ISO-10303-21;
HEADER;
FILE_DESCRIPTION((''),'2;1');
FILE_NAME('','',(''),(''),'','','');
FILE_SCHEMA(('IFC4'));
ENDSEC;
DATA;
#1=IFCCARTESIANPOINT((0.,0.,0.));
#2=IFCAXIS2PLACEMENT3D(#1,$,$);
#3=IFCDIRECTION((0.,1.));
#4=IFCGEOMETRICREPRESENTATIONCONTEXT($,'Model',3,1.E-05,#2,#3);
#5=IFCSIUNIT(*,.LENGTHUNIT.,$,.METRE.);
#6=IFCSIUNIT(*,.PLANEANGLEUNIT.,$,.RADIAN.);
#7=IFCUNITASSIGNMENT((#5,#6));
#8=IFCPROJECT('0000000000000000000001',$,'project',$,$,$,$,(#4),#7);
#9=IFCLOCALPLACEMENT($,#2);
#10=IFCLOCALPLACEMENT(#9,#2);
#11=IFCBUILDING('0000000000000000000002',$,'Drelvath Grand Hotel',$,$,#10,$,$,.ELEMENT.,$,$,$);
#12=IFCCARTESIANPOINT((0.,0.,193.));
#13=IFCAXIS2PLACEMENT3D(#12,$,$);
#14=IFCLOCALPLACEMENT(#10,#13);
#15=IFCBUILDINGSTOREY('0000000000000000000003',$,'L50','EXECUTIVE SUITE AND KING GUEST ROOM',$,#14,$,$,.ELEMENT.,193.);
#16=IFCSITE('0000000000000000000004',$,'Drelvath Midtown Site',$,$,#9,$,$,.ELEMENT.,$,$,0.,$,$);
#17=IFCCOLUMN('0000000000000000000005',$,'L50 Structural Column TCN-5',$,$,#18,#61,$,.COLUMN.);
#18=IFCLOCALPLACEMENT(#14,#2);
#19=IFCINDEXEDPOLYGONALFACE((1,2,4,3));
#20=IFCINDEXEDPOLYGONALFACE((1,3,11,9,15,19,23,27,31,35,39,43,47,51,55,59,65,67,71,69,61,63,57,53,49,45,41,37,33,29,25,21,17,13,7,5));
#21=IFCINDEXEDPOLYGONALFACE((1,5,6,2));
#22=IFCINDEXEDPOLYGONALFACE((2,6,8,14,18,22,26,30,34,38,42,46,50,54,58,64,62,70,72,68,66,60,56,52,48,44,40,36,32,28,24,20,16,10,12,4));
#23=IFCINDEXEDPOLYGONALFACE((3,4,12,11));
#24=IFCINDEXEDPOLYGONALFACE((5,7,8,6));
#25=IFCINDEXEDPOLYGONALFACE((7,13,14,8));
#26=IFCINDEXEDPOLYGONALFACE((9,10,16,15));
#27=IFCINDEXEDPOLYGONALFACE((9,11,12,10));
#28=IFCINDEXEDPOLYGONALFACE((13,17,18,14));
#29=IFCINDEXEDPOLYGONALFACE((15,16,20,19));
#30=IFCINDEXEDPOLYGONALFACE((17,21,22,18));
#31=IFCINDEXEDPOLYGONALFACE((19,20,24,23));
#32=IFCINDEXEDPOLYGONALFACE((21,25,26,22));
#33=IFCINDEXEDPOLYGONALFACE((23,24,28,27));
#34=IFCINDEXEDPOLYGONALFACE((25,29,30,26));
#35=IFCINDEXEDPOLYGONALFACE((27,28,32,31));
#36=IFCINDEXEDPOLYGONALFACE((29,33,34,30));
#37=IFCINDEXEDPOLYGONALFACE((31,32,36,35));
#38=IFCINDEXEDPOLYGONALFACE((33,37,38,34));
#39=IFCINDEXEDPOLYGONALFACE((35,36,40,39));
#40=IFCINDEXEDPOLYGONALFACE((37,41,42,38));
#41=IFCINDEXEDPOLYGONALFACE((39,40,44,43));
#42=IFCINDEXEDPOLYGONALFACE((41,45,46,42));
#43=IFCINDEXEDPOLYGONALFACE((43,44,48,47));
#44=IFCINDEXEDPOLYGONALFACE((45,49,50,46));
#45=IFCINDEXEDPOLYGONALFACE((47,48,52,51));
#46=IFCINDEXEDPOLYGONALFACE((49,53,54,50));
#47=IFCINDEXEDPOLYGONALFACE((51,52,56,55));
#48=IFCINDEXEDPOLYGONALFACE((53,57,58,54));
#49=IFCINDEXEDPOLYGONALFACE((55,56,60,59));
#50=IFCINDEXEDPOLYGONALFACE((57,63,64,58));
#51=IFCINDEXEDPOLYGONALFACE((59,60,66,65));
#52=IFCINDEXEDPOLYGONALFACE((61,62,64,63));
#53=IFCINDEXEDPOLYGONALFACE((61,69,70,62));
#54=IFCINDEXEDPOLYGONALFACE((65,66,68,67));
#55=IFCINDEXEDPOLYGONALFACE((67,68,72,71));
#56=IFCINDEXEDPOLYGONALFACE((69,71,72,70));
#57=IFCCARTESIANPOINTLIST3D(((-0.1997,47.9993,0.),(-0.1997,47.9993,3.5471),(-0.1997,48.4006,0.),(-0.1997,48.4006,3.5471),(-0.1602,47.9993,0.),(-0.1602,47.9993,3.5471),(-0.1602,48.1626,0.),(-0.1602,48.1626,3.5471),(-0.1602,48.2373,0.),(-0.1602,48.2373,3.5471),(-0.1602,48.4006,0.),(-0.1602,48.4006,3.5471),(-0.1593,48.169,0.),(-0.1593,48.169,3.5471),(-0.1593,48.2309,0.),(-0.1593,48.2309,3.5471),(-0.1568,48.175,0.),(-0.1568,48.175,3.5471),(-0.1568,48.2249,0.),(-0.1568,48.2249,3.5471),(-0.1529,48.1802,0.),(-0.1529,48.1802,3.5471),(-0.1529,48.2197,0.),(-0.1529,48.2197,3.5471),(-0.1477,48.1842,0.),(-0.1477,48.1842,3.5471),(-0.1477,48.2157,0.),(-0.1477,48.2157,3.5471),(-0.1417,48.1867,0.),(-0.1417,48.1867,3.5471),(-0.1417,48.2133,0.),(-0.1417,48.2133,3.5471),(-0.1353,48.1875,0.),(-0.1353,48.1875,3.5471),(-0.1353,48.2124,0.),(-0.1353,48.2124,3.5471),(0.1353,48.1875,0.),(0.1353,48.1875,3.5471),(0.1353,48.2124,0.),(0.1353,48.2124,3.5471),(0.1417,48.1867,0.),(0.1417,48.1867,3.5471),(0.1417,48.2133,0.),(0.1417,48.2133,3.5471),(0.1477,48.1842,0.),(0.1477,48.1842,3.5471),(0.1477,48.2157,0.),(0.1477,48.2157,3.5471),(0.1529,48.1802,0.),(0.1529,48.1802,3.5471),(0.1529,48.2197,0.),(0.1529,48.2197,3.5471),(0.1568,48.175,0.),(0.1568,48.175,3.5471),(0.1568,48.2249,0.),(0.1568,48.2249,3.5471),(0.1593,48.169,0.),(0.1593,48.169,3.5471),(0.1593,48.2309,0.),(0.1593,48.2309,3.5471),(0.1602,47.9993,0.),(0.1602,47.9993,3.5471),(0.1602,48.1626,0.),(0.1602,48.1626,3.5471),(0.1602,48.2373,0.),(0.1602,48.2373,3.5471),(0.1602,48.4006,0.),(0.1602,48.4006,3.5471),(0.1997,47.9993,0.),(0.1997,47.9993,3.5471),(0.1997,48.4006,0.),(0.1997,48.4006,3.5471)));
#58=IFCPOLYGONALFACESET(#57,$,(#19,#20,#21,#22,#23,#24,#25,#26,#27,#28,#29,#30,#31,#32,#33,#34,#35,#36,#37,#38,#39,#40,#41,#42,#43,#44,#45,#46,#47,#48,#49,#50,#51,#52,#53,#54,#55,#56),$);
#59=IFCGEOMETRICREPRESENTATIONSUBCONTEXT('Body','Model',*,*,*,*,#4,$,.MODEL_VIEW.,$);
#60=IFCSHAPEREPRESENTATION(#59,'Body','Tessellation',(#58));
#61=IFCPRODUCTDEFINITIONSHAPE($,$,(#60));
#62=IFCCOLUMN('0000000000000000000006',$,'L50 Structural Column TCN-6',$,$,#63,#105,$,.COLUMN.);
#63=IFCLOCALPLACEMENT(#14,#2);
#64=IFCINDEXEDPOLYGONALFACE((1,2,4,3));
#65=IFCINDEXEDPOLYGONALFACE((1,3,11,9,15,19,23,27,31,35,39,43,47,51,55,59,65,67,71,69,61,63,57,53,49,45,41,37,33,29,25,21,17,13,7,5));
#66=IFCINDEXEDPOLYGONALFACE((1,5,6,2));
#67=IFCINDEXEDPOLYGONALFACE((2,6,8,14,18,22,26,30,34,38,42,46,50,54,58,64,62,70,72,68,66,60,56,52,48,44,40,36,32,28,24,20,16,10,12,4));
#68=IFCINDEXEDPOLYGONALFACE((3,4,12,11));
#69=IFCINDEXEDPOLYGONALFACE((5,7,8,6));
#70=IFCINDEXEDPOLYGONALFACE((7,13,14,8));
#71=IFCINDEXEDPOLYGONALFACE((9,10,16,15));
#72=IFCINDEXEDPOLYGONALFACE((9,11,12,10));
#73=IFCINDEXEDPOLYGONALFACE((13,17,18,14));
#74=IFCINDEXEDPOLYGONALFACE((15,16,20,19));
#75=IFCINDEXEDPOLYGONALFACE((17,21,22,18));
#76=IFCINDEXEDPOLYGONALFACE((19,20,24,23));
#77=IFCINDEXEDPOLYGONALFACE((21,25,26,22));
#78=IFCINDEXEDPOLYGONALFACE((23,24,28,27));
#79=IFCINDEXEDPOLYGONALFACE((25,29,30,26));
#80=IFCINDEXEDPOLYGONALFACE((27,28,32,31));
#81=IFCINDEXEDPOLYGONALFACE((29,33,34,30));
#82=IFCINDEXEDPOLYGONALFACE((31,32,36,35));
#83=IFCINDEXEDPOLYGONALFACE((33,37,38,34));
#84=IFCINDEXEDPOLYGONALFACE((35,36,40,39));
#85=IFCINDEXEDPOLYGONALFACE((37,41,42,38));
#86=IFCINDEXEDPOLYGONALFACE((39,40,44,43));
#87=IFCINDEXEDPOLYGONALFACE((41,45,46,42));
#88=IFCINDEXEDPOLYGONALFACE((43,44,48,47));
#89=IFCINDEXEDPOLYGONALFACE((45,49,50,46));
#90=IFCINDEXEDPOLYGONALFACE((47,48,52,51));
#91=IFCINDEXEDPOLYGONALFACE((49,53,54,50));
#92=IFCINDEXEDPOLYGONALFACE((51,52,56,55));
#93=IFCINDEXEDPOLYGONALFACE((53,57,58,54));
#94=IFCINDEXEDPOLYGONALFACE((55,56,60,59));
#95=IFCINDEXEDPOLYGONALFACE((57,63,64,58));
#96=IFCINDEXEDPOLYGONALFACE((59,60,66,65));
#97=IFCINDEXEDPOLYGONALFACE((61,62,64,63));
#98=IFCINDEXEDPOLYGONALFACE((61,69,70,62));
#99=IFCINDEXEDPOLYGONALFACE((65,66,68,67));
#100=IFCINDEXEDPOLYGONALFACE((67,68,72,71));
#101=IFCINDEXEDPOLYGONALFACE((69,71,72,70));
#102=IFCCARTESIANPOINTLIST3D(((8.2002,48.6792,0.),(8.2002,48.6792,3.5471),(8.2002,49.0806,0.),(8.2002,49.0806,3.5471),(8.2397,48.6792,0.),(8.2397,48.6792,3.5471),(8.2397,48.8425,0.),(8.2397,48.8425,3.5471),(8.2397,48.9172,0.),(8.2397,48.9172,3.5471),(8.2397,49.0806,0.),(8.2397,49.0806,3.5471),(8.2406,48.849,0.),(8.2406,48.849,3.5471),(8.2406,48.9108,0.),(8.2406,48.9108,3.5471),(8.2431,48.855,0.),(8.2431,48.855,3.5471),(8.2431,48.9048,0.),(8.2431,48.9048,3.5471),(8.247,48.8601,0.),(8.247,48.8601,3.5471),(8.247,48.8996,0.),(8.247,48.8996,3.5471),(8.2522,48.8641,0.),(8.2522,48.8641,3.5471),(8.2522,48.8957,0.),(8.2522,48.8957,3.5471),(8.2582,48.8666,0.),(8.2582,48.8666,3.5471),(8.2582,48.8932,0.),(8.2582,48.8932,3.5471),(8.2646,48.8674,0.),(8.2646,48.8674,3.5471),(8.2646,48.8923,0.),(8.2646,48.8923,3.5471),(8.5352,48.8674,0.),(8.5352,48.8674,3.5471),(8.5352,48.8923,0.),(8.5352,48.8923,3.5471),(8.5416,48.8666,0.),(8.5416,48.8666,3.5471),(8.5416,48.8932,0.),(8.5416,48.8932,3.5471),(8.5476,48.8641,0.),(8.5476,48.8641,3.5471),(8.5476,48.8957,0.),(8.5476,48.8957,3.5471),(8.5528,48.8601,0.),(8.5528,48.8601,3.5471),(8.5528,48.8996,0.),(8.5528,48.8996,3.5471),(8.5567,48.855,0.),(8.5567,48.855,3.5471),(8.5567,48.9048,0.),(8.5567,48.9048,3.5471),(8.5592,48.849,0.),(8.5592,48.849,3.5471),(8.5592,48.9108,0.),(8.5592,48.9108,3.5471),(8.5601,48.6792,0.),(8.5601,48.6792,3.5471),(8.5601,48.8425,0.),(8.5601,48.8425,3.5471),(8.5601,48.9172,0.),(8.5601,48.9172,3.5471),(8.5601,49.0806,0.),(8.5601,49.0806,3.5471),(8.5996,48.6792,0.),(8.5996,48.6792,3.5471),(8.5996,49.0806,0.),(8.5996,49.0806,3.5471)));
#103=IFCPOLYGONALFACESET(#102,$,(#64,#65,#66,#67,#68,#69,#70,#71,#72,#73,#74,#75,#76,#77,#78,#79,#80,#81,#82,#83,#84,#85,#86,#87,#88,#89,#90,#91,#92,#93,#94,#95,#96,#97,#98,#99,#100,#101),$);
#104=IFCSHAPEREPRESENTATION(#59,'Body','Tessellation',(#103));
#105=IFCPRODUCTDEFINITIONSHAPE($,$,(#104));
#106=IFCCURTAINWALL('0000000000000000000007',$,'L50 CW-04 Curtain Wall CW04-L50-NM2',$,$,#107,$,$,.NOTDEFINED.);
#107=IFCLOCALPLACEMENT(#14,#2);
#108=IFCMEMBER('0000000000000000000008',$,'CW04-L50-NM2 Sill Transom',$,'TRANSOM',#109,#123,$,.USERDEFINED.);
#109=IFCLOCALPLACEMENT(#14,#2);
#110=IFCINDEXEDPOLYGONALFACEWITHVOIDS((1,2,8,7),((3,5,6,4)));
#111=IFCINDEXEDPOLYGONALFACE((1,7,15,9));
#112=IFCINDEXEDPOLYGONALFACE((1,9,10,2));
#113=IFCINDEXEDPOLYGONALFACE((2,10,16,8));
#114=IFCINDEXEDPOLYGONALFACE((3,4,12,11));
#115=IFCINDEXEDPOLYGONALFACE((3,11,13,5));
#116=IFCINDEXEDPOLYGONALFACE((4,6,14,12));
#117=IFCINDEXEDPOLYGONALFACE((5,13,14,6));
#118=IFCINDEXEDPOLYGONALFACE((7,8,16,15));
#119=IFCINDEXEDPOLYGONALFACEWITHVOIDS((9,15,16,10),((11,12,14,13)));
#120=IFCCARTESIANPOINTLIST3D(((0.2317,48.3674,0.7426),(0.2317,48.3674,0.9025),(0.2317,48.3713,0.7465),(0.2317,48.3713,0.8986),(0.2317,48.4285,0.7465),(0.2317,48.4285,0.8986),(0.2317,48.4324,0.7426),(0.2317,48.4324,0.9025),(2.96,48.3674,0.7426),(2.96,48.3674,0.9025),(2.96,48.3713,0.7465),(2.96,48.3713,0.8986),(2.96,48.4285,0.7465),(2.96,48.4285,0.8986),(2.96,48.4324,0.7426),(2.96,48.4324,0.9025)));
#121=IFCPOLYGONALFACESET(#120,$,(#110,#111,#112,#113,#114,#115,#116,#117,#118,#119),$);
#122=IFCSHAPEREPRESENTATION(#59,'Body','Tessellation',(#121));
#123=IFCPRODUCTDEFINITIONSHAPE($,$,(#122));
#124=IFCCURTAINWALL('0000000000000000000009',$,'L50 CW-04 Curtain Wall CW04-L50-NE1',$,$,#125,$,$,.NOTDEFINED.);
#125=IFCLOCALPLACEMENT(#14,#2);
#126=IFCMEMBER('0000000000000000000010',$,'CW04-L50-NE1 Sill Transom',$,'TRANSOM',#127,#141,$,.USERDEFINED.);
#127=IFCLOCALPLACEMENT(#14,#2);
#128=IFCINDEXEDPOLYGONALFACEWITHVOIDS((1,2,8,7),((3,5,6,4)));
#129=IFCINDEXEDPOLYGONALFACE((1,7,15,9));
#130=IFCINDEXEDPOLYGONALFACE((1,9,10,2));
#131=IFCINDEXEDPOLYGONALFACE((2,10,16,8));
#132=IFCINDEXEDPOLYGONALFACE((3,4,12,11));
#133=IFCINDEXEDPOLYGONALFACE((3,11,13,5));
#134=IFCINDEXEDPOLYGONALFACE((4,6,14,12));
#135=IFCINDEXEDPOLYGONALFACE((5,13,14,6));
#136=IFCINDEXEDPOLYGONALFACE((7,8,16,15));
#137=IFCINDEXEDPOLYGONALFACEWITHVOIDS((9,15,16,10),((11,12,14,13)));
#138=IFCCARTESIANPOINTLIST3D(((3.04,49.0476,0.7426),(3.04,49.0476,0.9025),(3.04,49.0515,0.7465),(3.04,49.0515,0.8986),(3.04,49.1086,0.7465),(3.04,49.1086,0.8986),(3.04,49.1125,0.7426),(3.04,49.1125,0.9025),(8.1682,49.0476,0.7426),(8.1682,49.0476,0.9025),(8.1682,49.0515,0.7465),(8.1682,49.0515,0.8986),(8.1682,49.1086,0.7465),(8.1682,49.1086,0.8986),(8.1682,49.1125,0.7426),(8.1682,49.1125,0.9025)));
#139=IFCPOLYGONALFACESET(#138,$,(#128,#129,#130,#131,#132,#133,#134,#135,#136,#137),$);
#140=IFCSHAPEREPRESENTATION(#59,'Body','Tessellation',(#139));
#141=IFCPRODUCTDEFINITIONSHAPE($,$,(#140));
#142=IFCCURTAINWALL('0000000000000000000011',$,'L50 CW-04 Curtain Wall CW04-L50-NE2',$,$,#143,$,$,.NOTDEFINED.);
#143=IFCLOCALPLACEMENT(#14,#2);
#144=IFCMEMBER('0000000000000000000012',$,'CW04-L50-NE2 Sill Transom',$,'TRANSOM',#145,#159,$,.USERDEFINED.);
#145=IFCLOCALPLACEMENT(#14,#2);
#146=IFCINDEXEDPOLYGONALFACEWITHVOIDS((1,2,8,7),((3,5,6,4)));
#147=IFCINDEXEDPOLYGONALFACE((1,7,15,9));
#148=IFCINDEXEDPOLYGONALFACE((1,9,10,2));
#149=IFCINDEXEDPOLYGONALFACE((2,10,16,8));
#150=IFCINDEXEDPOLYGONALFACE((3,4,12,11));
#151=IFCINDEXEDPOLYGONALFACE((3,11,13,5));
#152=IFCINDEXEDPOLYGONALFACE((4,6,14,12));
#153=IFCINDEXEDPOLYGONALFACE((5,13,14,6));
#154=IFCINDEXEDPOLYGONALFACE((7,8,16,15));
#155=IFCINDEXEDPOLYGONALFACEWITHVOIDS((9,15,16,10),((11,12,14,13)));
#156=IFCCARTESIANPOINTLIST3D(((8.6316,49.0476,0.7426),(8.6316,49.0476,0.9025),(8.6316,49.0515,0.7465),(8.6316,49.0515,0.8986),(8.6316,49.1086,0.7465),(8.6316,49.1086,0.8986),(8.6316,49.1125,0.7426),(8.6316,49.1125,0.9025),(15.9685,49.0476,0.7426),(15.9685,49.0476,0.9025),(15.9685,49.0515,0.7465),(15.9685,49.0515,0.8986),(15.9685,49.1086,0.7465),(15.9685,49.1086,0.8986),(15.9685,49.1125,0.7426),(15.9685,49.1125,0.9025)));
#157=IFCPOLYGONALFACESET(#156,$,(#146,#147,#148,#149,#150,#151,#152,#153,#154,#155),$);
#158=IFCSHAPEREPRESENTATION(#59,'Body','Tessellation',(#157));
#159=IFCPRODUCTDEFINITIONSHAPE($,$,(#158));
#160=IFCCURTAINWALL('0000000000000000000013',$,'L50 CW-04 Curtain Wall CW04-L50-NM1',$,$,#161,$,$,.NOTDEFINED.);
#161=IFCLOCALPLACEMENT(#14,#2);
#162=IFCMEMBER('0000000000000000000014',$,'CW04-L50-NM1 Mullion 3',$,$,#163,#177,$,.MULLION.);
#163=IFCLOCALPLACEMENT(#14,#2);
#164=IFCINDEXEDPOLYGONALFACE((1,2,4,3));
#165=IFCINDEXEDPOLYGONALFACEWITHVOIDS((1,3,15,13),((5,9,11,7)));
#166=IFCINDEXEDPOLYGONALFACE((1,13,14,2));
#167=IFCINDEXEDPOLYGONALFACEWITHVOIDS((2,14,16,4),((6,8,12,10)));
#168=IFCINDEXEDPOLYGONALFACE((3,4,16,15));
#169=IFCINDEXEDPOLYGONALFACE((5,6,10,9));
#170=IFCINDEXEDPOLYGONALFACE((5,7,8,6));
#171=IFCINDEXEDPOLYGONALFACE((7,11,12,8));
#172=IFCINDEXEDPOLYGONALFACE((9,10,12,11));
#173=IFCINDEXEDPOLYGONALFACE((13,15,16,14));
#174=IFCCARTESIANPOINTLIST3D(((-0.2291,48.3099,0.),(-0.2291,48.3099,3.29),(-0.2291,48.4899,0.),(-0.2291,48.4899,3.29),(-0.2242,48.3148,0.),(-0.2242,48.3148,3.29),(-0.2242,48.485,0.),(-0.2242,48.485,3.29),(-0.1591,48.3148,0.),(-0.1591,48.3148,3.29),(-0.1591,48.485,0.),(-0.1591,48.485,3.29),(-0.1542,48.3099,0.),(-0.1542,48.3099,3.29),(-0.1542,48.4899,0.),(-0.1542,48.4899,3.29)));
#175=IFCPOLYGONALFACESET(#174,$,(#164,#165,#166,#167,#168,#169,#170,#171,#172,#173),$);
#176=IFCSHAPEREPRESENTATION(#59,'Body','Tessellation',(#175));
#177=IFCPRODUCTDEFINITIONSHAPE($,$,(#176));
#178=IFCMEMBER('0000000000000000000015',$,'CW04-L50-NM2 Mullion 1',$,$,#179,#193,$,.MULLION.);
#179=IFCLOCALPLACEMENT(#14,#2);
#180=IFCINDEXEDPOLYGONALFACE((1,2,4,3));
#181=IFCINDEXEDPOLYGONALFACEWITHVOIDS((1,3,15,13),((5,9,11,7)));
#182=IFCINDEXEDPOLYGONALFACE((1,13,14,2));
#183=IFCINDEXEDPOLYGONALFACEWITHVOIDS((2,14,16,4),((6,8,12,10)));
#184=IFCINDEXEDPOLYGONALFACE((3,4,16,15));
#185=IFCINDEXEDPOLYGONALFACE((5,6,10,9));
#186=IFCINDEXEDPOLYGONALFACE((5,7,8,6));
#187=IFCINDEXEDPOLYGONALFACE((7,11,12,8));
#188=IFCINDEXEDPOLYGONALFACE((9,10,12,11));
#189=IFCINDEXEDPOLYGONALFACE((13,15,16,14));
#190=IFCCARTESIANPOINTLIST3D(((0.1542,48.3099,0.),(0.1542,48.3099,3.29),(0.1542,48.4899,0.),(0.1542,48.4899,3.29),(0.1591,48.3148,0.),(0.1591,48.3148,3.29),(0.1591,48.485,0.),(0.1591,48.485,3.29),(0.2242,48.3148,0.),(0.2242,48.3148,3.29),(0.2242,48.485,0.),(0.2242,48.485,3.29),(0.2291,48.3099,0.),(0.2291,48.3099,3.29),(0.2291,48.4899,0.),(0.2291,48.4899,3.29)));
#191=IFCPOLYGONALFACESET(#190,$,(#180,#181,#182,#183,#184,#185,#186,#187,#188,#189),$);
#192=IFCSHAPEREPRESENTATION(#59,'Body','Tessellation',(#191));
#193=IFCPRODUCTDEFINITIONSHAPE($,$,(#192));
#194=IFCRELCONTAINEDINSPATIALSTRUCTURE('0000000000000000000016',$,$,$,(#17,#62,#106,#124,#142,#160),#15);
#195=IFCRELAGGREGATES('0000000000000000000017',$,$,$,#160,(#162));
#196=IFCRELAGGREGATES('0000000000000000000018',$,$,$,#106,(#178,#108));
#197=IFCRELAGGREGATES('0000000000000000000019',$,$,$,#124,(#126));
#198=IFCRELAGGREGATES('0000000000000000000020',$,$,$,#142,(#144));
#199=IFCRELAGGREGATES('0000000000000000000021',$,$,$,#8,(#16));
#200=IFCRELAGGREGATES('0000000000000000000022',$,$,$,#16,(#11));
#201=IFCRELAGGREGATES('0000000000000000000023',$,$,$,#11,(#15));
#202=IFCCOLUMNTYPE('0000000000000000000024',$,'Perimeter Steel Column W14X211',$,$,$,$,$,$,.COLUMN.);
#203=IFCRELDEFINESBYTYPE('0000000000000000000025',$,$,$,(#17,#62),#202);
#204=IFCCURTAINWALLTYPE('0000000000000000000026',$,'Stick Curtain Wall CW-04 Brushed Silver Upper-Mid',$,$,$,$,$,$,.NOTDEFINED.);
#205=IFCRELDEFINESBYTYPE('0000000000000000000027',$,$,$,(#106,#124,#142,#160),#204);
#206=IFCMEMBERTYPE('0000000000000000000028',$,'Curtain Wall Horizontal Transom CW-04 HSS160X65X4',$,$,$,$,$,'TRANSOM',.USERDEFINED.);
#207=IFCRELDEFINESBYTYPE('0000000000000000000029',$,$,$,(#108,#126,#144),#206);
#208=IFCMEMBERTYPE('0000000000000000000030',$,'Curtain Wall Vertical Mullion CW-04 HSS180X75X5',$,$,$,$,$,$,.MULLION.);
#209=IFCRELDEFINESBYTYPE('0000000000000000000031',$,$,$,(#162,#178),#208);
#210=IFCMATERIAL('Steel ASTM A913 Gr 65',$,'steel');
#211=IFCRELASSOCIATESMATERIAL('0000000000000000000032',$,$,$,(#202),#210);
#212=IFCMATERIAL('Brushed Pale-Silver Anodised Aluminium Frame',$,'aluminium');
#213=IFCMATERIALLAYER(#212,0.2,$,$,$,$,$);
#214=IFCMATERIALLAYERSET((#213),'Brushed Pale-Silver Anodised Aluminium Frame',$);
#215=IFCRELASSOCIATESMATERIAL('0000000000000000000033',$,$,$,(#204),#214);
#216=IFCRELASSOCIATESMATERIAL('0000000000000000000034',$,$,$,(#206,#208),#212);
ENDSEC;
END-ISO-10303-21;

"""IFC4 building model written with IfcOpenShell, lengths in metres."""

from ifc_helpers import new_model, si_unit, direction, frame, origin, origin_2d, place, context, subcontext, project, spatial, hollow_rectangle, i_section, extrude, material, layer, layer_set, material_profile, profile_set, type_object, element, aggregate, save


model = new_model("IFC4")

# Units and contexts
model_context = context("Model", 3, precision=1e-05, world=origin(), true_north=direction((0.0, 1.0)))
body_context = subcontext(model_context, "Body", "Model", "MODEL_VIEW")
ifc_project = project(units=[si_unit("LENGTHUNIT", "METRE"), si_unit("PLANEANGLEUNIT", "RADIAN")], contexts=[model_context])

# Site, building, storey
site_placement = place(None, origin())
site = spatial("IfcSite", under=ifc_project, at=site_placement, Name="Drelvath Midtown Site", CompositionType="ELEMENT", RefElevation=0.0)
building_placement = place(site_placement, origin())
building = spatial("IfcBuilding", under=site, at=building_placement, Name="Drelvath Grand Hotel", CompositionType="ELEMENT")
storey_placement = place(building_placement, frame((0.0, 0.0, 193.0)))
storey = spatial("IfcBuildingStorey", under=building, at=storey_placement, Name="L50", Description="EXECUTIVE SUITE AND KING GUEST ROOM", CompositionType="ELEMENT", Elevation=193.0)

# Columns
ifc_material_1 = material(Name="Steel ASTM A913 Gr 65", Category="steel")
ifc_material_profile_1 = material_profile(ifc_material_1, i_section(OverallWidth=0.4014, OverallDepth=0.3994, WebThickness=0.0249, FlangeThickness=0.0396, FilletRadius=0.0249, at=origin_2d()), Name="W14X211")
ifc_profile_set_1 = profile_set([ifc_material_profile_1], Name="Steel ASTM A913 Gr 65")
column_type = type_object("IfcColumnType", Name="Perimeter Steel Column W14X211", PredefinedType="COLUMN", material=ifc_profile_set_1)
for number, where, z_axis, x_axis, name in (
    (1, (0.0, 48.2, 0.0), (0.0, 0.0, 1.0), (0.0, 1.0, 0.0), "L50 Structural Column TCN-5"),
    (2, (8.3999, 48.8799, 0.0), (0.0, 0.0, 1.0), (0.0, 1.0, 0.0), "L50 Structural Column TCN-6"),
):
    element("IfcColumn", number, at=place(storey_placement, frame(where, z_axis=z_axis, x_axis=x_axis)), inside=storey, type_object=column_type, Name=name, PredefinedType="COLUMN", context=body_context, shape_type="SweptSolid", body=[
        extrude(i_section(OverallWidth=0.4014, OverallDepth=0.3994, WebThickness=0.0249, FlangeThickness=0.0396, FilletRadius=0.0249, at=origin_2d()), origin(), (0.0, 0.0, 1.0), 3.5471),
    ])

# Curtain walls, members
ifc_material_2 = material(Name="Brushed Pale-Silver Anodised Aluminium Frame", Category="aluminium")
ifc_layer_1 = layer(ifc_material_2, 0.2)
ifc_layer_set_1 = layer_set([ifc_layer_1], Name="Brushed Pale-Silver Anodised Aluminium Frame")
curtain_wall_type = type_object("IfcCurtainWallType", Name="Stick Curtain Wall CW-04 Brushed Silver Upper-Mid", PredefinedType="NOTDEFINED", material=ifc_layer_set_1)
curtain_wall_1_placement = place(storey_placement, origin())
curtain_wall_1 = element("IfcCurtainWall", 3, at=curtain_wall_1_placement, inside=storey, type_object=curtain_wall_type, Name="L50 CW-04 Curtain Wall CW04-L50-NM2", PredefinedType="NOTDEFINED")
ifc_material_profile_2 = material_profile(ifc_material_2, hollow_rectangle(XDim=0.0649, YDim=0.1599, WallThickness=0.0039, at=origin_2d()), Name="HSS160X65X4")
ifc_profile_set_2 = profile_set([ifc_material_profile_2], Name="Brushed Pale-Silver Anodised Aluminium Frame")
member_type_1 = type_object("IfcMemberType", Name="Curtain Wall Horizontal Transom CW-04 HSS160X65X4", ElementType="TRANSOM", PredefinedType="USERDEFINED", material=ifc_profile_set_2)
member_1_placement = place(storey_placement, frame((0.2317, 48.3999, 0.8225), z_axis=(1.0, 0.0, 0.0), x_axis=(0.0, 1.0, 0.0)))
member_1 = element("IfcMember", 4, at=member_1_placement, type_object=member_type_1, Name="CW04-L50-NM2 Sill Transom", ObjectType="TRANSOM", PredefinedType="USERDEFINED", context=body_context, shape_type="SweptSolid", body=[
    extrude(hollow_rectangle(XDim=0.0649, YDim=0.1599, WallThickness=0.0039, at=origin_2d()), origin(), (0.0, 0.0, 1.0), 2.7283),
])
curtain_wall_2_placement = place(storey_placement, origin())
curtain_wall_2 = element("IfcCurtainWall", 5, at=curtain_wall_2_placement, inside=storey, type_object=curtain_wall_type, Name="L50 CW-04 Curtain Wall CW04-L50-NE1", PredefinedType="NOTDEFINED")
member_2_placement = place(storey_placement, frame((3.04, 49.0801, 0.8225), z_axis=(1.0, 0.0, 0.0), x_axis=(0.0, 1.0, 0.0)))
member_2 = element("IfcMember", 6, at=member_2_placement, type_object=member_type_1, Name="CW04-L50-NE1 Sill Transom", ObjectType="TRANSOM", PredefinedType="USERDEFINED", context=body_context, shape_type="SweptSolid", body=[
    extrude(hollow_rectangle(XDim=0.0649, YDim=0.1599, WallThickness=0.0039, at=origin_2d()), origin(), (0.0, 0.0, 1.0), 5.1282),
])
curtain_wall_3_placement = place(storey_placement, origin())
curtain_wall_3 = element("IfcCurtainWall", 7, at=curtain_wall_3_placement, inside=storey, type_object=curtain_wall_type, Name="L50 CW-04 Curtain Wall CW04-L50-NE2", PredefinedType="NOTDEFINED")
member_3_placement = place(storey_placement, frame((8.6316, 49.0801, 0.8225), z_axis=(1.0, 0.0, 0.0), x_axis=(0.0, 1.0, 0.0)))
member_3 = element("IfcMember", 8, at=member_3_placement, type_object=member_type_1, Name="CW04-L50-NE2 Sill Transom", ObjectType="TRANSOM", PredefinedType="USERDEFINED", context=body_context, shape_type="SweptSolid", body=[
    extrude(hollow_rectangle(XDim=0.0649, YDim=0.1599, WallThickness=0.0039, at=origin_2d()), origin(), (0.0, 0.0, 1.0), 7.3369),
])
curtain_wall_4_placement = place(storey_placement, origin())
curtain_wall_4 = element("IfcCurtainWall", 9, at=curtain_wall_4_placement, inside=storey, type_object=curtain_wall_type, Name="L50 CW-04 Curtain Wall CW04-L50-NM1", PredefinedType="NOTDEFINED")
ifc_material_profile_3 = material_profile(ifc_material_2, hollow_rectangle(XDim=0.075, YDim=0.1799, WallThickness=0.0049, at=origin_2d()), Name="HSS180X75X5")
ifc_profile_set_3 = profile_set([ifc_material_profile_3], Name="Brushed Pale-Silver Anodised Aluminium Frame")
member_type_2 = type_object("IfcMemberType", Name="Curtain Wall Vertical Mullion CW-04 HSS180X75X5", PredefinedType="MULLION", material=ifc_profile_set_3)
member_4_placement = place(storey_placement, frame((-0.1917, 48.3999, 0.0), z_axis=(0.0, 0.0, 1.0), x_axis=(1.0, 0.0, 0.0)))
member_4 = element("IfcMember", 10, at=member_4_placement, type_object=member_type_2, Name="CW04-L50-NM1 Mullion 3", PredefinedType="MULLION", context=body_context, shape_type="SweptSolid", body=[
    extrude(hollow_rectangle(XDim=0.075, YDim=0.1799, WallThickness=0.0049, at=origin_2d()), origin(), (0.0, 0.0, 1.0), 3.29),
])
aggregate(curtain_wall_4, [member_4])

# Member
member_5_placement = place(storey_placement, frame((0.1917, 48.3999, 0.0), z_axis=(0.0, 0.0, 1.0), x_axis=(1.0, 0.0, 0.0)))
member_5 = element("IfcMember", 11, at=member_5_placement, type_object=member_type_2, Name="CW04-L50-NM2 Mullion 1", PredefinedType="MULLION", context=body_context, shape_type="SweptSolid", body=[
    extrude(hollow_rectangle(XDim=0.075, YDim=0.1799, WallThickness=0.0049, at=origin_2d()), origin(), (0.0, 0.0, 1.0), 3.29),
])

aggregate(curtain_wall_1, [member_5, member_1])
aggregate(curtain_wall_2, [member_2])
aggregate(curtain_wall_3, [member_3])

save(model, "model.ifc")
